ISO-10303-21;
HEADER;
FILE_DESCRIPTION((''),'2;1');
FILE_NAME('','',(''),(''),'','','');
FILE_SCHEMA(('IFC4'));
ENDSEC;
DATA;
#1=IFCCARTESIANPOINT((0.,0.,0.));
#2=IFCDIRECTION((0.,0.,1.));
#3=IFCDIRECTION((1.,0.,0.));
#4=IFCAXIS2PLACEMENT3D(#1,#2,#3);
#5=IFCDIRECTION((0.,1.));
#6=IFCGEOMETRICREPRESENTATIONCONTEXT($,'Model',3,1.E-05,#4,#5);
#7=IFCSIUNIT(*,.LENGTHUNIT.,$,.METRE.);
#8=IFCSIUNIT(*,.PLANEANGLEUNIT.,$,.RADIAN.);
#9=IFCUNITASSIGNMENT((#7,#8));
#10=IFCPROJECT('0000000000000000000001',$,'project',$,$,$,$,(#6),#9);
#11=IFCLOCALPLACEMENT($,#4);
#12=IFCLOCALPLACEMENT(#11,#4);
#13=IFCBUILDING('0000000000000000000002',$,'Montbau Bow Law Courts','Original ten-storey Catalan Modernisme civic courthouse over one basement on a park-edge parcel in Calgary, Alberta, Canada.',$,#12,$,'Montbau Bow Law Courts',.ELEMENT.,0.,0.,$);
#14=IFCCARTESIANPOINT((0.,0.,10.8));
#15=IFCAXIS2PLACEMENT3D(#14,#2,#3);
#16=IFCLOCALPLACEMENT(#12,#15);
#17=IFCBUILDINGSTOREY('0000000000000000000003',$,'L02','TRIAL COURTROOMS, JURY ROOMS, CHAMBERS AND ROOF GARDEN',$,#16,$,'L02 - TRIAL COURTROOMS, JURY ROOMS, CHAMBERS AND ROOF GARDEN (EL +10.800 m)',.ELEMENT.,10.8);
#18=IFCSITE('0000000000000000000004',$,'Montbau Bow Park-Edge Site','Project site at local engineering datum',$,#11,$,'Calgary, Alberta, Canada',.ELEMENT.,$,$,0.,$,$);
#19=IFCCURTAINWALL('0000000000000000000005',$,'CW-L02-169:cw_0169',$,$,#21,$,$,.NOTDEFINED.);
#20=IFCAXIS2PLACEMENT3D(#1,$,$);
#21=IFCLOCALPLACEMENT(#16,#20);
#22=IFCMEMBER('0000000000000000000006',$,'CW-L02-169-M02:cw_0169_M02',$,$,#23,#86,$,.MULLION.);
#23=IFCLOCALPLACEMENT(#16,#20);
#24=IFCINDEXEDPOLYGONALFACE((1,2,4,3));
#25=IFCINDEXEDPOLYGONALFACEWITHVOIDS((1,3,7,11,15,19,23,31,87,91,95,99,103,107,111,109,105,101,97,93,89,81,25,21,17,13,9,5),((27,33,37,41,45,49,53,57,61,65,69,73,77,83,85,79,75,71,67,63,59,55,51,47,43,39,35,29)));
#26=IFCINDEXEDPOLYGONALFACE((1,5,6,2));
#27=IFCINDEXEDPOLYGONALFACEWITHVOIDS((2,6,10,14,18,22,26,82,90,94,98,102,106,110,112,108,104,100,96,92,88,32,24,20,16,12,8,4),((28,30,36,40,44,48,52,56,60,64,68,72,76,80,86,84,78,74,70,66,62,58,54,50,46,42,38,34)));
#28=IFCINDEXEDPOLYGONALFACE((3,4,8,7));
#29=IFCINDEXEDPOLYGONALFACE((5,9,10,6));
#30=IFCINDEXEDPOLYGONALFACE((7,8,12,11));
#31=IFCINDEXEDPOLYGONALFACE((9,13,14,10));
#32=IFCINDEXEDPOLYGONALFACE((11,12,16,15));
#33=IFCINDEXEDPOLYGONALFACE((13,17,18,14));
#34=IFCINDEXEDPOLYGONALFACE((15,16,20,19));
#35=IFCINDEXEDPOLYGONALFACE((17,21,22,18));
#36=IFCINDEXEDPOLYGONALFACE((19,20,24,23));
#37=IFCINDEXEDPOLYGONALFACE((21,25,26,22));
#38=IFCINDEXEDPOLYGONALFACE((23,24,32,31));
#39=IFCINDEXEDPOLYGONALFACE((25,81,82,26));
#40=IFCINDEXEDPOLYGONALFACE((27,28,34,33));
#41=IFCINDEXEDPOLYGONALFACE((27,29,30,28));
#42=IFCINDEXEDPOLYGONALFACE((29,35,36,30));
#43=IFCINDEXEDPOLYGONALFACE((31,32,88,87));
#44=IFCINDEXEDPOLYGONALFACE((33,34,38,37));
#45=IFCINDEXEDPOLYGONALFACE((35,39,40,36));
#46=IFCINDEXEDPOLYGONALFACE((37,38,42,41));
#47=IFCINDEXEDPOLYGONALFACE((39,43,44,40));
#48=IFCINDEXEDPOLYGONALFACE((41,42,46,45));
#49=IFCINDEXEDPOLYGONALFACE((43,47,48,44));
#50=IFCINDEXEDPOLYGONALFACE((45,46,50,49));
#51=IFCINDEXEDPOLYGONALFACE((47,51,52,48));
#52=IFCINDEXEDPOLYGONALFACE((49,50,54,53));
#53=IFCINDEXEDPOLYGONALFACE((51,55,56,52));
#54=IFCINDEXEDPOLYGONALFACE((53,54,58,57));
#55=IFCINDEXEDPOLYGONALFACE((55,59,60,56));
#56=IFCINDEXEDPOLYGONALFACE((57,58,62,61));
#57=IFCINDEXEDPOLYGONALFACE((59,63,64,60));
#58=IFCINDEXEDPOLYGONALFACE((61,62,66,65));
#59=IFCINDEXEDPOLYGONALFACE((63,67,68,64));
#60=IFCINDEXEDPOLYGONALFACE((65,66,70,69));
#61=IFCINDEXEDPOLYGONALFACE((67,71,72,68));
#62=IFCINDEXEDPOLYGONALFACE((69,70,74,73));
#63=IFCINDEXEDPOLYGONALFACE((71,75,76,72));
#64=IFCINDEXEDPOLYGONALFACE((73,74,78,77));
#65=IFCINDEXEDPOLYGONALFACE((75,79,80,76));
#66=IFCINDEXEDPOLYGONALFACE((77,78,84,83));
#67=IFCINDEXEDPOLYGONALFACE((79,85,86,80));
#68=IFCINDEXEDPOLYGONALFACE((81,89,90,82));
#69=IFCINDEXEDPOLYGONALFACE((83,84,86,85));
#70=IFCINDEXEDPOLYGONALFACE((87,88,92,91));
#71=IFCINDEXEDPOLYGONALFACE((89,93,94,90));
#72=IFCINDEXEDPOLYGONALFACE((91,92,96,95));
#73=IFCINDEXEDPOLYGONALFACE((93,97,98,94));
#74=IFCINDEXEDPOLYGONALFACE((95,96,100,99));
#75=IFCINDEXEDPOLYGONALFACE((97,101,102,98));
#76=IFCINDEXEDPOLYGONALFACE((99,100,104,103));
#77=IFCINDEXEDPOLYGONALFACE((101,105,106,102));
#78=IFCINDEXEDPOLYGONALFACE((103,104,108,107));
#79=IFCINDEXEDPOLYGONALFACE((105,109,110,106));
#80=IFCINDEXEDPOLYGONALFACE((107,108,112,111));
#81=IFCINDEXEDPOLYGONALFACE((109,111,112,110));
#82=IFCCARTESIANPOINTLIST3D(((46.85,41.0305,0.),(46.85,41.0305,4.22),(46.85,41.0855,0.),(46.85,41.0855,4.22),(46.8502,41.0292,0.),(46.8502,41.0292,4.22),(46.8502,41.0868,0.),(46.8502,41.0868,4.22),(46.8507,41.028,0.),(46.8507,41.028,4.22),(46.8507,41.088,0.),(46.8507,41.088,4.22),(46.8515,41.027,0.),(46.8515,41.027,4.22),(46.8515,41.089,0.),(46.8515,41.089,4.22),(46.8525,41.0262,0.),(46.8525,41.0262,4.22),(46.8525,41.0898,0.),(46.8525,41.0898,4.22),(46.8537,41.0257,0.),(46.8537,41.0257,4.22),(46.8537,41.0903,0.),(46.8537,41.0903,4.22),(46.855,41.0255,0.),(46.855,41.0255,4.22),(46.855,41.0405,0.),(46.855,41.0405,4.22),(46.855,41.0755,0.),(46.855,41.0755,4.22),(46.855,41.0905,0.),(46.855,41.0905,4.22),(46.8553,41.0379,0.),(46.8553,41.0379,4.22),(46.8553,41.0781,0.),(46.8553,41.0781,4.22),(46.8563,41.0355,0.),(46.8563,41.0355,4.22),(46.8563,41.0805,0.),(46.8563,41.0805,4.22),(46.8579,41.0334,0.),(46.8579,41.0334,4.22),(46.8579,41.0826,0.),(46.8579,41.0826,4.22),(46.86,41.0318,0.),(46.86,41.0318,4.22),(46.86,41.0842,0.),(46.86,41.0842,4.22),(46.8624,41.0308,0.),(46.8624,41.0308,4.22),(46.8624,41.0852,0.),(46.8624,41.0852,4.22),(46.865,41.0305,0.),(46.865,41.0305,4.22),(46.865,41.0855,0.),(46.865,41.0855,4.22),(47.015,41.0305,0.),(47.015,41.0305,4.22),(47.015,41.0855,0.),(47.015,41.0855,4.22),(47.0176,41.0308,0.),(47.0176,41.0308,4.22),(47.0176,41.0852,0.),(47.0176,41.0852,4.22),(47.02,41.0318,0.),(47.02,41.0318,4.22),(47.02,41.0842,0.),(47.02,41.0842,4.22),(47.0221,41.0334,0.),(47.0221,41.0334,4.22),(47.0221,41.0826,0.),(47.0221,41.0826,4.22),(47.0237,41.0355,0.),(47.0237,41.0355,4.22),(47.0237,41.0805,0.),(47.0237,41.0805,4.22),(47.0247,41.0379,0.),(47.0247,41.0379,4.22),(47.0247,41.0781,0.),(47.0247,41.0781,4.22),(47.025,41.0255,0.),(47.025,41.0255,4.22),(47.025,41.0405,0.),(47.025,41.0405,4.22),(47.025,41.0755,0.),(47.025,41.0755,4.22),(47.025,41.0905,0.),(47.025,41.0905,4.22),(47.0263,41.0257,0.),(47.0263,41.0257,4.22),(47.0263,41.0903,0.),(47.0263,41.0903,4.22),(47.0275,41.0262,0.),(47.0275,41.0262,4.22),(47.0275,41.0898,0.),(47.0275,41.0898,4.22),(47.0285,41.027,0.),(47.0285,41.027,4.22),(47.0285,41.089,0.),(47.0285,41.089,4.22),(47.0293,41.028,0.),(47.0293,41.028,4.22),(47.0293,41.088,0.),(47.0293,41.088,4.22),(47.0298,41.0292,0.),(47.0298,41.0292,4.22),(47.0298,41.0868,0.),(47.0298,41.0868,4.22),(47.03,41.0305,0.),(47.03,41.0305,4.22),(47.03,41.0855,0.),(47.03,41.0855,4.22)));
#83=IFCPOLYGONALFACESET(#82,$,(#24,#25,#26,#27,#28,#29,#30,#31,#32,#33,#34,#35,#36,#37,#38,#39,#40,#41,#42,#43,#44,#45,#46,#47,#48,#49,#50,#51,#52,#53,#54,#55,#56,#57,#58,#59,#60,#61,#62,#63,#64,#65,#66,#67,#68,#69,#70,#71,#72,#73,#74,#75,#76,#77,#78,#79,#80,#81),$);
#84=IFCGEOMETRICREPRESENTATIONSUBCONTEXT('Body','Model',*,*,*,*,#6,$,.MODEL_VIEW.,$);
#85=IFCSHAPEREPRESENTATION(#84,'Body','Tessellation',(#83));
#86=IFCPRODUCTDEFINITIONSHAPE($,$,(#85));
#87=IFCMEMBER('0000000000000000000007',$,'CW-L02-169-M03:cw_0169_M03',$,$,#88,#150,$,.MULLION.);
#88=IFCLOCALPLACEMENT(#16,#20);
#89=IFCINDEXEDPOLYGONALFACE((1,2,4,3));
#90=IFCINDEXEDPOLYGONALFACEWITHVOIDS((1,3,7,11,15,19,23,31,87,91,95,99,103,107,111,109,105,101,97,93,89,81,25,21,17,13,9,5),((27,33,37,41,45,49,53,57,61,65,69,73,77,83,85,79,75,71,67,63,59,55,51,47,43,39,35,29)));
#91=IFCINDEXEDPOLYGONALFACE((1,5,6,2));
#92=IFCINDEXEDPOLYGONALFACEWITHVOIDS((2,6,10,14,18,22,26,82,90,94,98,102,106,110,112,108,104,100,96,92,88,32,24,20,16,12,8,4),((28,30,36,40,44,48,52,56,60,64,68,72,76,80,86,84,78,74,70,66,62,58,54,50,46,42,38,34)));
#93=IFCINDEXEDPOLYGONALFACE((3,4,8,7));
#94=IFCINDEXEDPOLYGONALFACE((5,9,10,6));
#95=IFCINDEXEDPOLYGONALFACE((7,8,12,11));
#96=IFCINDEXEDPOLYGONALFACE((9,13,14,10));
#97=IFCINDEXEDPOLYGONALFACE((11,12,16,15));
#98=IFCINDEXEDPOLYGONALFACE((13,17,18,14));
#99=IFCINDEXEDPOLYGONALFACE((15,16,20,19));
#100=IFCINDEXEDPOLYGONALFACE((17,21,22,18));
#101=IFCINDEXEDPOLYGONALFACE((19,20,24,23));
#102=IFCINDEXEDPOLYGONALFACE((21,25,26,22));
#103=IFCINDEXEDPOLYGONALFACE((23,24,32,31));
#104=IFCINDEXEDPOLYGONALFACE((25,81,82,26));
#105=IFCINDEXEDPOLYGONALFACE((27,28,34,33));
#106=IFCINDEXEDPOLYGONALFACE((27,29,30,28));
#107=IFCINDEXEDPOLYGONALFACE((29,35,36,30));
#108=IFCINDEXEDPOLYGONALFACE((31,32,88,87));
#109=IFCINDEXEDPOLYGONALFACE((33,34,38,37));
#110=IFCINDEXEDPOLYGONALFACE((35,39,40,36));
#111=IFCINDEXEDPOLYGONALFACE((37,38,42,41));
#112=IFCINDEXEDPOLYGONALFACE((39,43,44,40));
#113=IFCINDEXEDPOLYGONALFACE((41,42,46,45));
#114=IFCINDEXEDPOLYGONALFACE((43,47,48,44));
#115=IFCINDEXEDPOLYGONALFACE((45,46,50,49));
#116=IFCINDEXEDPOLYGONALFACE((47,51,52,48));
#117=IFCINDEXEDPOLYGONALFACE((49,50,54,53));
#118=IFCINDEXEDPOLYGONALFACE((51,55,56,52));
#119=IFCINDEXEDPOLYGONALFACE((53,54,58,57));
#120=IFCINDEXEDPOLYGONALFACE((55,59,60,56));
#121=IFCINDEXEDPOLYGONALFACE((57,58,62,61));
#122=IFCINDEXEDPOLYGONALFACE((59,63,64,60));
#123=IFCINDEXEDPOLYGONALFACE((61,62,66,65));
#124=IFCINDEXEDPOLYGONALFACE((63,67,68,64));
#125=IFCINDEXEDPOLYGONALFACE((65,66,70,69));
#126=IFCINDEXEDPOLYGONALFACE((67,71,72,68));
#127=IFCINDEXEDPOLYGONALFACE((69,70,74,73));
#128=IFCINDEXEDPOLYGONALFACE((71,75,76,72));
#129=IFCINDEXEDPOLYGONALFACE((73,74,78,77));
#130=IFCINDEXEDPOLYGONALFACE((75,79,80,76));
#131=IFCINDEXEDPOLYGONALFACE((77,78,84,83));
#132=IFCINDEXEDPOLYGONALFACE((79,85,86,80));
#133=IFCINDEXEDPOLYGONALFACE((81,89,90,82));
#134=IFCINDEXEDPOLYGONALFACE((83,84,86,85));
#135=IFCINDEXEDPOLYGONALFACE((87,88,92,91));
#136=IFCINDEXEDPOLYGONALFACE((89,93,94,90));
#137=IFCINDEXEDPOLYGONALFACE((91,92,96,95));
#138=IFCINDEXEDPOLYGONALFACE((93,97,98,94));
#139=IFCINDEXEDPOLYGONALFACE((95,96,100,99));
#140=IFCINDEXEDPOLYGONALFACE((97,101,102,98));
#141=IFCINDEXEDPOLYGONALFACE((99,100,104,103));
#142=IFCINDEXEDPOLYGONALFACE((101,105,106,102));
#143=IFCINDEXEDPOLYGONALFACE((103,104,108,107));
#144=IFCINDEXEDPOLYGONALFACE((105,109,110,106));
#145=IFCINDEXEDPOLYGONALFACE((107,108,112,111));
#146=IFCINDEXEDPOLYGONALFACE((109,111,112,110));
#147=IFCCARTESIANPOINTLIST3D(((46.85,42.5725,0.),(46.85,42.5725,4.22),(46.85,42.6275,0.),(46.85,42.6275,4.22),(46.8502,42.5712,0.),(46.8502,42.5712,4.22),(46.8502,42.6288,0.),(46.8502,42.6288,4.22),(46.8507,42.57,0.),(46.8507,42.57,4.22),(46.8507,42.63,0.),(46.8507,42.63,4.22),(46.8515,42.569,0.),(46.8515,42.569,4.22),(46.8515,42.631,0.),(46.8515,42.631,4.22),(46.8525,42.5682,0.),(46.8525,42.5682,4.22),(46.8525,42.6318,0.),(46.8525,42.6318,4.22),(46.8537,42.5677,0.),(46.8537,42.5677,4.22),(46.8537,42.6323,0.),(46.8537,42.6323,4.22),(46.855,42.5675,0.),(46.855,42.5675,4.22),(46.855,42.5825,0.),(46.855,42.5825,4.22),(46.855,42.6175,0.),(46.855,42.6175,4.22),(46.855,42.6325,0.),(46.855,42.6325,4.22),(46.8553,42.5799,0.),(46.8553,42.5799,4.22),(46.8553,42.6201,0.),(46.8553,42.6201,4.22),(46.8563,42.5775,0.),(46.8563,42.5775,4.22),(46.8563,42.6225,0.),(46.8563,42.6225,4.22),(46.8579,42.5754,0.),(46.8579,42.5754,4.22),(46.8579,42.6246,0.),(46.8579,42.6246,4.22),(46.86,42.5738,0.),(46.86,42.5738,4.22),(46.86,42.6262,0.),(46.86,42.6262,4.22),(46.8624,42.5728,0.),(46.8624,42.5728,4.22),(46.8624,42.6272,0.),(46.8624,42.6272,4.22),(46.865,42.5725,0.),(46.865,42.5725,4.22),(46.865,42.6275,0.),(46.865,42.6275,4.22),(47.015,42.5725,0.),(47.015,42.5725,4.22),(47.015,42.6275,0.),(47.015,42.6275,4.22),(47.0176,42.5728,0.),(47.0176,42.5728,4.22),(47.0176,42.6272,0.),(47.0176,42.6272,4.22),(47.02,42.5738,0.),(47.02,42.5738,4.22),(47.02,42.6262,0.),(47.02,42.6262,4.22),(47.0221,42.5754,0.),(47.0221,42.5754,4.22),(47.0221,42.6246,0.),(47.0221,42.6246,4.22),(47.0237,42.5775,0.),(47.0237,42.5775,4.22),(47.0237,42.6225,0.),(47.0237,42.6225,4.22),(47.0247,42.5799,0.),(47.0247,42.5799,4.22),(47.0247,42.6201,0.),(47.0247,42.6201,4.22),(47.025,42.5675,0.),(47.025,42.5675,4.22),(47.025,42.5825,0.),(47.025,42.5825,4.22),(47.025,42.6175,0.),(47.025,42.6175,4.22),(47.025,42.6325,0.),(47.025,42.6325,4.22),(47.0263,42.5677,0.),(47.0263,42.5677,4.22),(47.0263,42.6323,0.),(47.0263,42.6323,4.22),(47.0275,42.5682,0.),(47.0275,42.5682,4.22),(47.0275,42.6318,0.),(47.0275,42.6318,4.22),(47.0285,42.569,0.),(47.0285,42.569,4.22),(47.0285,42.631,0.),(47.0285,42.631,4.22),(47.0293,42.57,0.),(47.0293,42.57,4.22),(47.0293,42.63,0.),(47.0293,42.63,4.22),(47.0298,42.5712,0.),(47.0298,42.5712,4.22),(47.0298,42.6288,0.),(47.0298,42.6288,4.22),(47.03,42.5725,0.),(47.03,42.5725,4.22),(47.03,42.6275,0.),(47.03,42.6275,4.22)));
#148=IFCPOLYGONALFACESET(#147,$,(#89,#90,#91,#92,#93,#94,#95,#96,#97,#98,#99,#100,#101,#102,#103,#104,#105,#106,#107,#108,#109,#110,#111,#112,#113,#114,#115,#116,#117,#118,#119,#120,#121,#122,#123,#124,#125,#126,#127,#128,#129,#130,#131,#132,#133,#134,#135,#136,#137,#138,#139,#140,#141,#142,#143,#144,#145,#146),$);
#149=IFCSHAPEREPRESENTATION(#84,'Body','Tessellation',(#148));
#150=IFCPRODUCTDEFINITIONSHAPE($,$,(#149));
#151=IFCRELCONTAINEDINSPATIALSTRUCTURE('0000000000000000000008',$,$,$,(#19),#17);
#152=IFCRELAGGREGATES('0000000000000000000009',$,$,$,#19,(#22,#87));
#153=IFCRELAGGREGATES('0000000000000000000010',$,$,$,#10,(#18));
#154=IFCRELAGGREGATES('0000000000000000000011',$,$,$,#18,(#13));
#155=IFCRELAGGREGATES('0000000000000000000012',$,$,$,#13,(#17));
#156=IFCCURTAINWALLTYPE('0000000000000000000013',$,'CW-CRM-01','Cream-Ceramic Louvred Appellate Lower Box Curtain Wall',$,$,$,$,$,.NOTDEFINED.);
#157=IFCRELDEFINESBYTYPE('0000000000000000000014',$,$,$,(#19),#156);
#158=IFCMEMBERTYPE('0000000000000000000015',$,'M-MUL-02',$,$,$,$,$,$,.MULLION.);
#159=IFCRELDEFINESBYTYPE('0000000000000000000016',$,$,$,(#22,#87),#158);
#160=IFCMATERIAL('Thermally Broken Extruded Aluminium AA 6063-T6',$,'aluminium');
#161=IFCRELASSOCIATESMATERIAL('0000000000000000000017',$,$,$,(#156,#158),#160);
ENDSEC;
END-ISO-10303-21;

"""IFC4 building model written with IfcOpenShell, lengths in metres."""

from ifc_helpers import new_model, si_unit, direction, frame, origin_with_axes, origin_2d_with_axis, place, context, subcontext, project, spatial, hollow_rectangle, extrude, material, material_profile, profile_set, type_object, element, aggregate, save


model = new_model("IFC4")

# Units and contexts
model_context = context("Model", 3, precision=1e-05, world=origin_with_axes(), true_north=direction((0.0, 1.0)))
body_context = subcontext(model_context, "Body", "Model", "MODEL_VIEW")
ifc_project = project(units=[si_unit("LENGTHUNIT", "METRE"), si_unit("PLANEANGLEUNIT", "RADIAN")], contexts=[model_context])

# Site, building, storey
site_placement = place(None, origin_with_axes())
site = spatial("IfcSite", under=ifc_project, at=site_placement, Name="Montbau Bow Park-Edge Site", Description="Project site at local engineering datum", LongName="Calgary, Alberta, Canada", CompositionType="ELEMENT", RefElevation=0.0)
building_placement = place(site_placement, origin_with_axes())
building = spatial("IfcBuilding", under=site, at=building_placement, Name="Montbau Bow Law Courts", Description="Original ten-storey Catalan Modernisme civic courthouse over one basement on a park-edge parcel in Calgary, Alberta, Canada.", LongName="Montbau Bow Law Courts", CompositionType="ELEMENT", ElevationOfRefHeight=0.0, ElevationOfTerrain=0.0)
storey_placement = place(building_placement, frame((0.0, 0.0, 10.8), z_axis=(0.0, 0.0, 1.0), x_axis=(1.0, 0.0, 0.0)))
storey = spatial("IfcBuildingStorey", under=building, at=storey_placement, Name="L02", Description="TRIAL COURTROOMS, JURY ROOMS, CHAMBERS AND ROOF GARDEN", LongName="L02 - TRIAL COURTROOMS, JURY ROOMS, CHAMBERS AND ROOF GARDEN (EL +10.800 m)", CompositionType="ELEMENT", Elevation=10.8)

# Curtain wall, members
ifc_material_1 = material(Name="Thermally Broken Extruded Aluminium AA 6063-T6", Category="aluminium")
curtain_wall_type_1 = type_object("IfcCurtainWallType", Name="CW-CRM-01", Description="Cream-Ceramic Louvred Appellate Lower Box Curtain Wall", PredefinedType="NOTDEFINED", material=ifc_material_1)
curtain_wall_1_placement = place(None, frame((46.94, 39.515, 10.8), z_axis=(0.0, 0.0, 1.0), x_axis=(1.0, 0.0, 0.0)))
curtain_wall_1 = element("IfcCurtainWall", 1, at=curtain_wall_1_placement, inside=storey, type_object=curtain_wall_type_1, Name="CW-L02-169:cw_0169", PredefinedType="NOTDEFINED")
ifc_material_profile_1 = material_profile(ifc_material_1, hollow_rectangle(XDim=0.065, YDim=0.18, WallThickness=0.005, InnerFilletRadius=0.01, OuterFilletRadius=0.005, at=origin_2d_with_axis()), Name="CWM-180X65", Category="Main", Priority=0)
ifc_profile_set_1 = profile_set([ifc_material_profile_1], Name="Thermally Broken Extruded Aluminium AA 6063-T6")
member_type_1 = type_object("IfcMemberType", Name="M-MUL-02", PredefinedType="MULLION", material=ifc_profile_set_1)
member_1_placement = place(None, frame((46.94, 41.058, 10.8), z_axis=(0.0, 0.0, 1.0), x_axis=(0.0, 1.0, 0.0)))
member_1 = element("IfcMember", 2, at=member_1_placement, type_object=member_type_1, Name="CW-L02-169-M02:cw_0169_M02", PredefinedType="MULLION", context=body_context, shape_type="SweptSolid", body=[
    extrude(hollow_rectangle(XDim=0.065, YDim=0.18, WallThickness=0.005, InnerFilletRadius=0.01, OuterFilletRadius=0.005, at=origin_2d_with_axis()), origin_with_axes(), (0.0, 0.0, 1.0), 4.22),
])
member_2_placement = place(None, frame((46.94, 42.6, 10.8), z_axis=(0.0, 0.0, 1.0), x_axis=(0.0, 1.0, 0.0)))
member_2 = element("IfcMember", 3, at=member_2_placement, type_object=member_type_1, Name="CW-L02-169-M03:cw_0169_M03", PredefinedType="MULLION", context=body_context, shape_type="SweptSolid", body=[
    extrude(hollow_rectangle(XDim=0.065, YDim=0.18, WallThickness=0.005, InnerFilletRadius=0.01, OuterFilletRadius=0.005, at=origin_2d_with_axis()), origin_with_axes(), (0.0, 0.0, 1.0), 4.22),
])

aggregate(curtain_wall_1, [member_1, member_2])

save(model, "model.ifc")
